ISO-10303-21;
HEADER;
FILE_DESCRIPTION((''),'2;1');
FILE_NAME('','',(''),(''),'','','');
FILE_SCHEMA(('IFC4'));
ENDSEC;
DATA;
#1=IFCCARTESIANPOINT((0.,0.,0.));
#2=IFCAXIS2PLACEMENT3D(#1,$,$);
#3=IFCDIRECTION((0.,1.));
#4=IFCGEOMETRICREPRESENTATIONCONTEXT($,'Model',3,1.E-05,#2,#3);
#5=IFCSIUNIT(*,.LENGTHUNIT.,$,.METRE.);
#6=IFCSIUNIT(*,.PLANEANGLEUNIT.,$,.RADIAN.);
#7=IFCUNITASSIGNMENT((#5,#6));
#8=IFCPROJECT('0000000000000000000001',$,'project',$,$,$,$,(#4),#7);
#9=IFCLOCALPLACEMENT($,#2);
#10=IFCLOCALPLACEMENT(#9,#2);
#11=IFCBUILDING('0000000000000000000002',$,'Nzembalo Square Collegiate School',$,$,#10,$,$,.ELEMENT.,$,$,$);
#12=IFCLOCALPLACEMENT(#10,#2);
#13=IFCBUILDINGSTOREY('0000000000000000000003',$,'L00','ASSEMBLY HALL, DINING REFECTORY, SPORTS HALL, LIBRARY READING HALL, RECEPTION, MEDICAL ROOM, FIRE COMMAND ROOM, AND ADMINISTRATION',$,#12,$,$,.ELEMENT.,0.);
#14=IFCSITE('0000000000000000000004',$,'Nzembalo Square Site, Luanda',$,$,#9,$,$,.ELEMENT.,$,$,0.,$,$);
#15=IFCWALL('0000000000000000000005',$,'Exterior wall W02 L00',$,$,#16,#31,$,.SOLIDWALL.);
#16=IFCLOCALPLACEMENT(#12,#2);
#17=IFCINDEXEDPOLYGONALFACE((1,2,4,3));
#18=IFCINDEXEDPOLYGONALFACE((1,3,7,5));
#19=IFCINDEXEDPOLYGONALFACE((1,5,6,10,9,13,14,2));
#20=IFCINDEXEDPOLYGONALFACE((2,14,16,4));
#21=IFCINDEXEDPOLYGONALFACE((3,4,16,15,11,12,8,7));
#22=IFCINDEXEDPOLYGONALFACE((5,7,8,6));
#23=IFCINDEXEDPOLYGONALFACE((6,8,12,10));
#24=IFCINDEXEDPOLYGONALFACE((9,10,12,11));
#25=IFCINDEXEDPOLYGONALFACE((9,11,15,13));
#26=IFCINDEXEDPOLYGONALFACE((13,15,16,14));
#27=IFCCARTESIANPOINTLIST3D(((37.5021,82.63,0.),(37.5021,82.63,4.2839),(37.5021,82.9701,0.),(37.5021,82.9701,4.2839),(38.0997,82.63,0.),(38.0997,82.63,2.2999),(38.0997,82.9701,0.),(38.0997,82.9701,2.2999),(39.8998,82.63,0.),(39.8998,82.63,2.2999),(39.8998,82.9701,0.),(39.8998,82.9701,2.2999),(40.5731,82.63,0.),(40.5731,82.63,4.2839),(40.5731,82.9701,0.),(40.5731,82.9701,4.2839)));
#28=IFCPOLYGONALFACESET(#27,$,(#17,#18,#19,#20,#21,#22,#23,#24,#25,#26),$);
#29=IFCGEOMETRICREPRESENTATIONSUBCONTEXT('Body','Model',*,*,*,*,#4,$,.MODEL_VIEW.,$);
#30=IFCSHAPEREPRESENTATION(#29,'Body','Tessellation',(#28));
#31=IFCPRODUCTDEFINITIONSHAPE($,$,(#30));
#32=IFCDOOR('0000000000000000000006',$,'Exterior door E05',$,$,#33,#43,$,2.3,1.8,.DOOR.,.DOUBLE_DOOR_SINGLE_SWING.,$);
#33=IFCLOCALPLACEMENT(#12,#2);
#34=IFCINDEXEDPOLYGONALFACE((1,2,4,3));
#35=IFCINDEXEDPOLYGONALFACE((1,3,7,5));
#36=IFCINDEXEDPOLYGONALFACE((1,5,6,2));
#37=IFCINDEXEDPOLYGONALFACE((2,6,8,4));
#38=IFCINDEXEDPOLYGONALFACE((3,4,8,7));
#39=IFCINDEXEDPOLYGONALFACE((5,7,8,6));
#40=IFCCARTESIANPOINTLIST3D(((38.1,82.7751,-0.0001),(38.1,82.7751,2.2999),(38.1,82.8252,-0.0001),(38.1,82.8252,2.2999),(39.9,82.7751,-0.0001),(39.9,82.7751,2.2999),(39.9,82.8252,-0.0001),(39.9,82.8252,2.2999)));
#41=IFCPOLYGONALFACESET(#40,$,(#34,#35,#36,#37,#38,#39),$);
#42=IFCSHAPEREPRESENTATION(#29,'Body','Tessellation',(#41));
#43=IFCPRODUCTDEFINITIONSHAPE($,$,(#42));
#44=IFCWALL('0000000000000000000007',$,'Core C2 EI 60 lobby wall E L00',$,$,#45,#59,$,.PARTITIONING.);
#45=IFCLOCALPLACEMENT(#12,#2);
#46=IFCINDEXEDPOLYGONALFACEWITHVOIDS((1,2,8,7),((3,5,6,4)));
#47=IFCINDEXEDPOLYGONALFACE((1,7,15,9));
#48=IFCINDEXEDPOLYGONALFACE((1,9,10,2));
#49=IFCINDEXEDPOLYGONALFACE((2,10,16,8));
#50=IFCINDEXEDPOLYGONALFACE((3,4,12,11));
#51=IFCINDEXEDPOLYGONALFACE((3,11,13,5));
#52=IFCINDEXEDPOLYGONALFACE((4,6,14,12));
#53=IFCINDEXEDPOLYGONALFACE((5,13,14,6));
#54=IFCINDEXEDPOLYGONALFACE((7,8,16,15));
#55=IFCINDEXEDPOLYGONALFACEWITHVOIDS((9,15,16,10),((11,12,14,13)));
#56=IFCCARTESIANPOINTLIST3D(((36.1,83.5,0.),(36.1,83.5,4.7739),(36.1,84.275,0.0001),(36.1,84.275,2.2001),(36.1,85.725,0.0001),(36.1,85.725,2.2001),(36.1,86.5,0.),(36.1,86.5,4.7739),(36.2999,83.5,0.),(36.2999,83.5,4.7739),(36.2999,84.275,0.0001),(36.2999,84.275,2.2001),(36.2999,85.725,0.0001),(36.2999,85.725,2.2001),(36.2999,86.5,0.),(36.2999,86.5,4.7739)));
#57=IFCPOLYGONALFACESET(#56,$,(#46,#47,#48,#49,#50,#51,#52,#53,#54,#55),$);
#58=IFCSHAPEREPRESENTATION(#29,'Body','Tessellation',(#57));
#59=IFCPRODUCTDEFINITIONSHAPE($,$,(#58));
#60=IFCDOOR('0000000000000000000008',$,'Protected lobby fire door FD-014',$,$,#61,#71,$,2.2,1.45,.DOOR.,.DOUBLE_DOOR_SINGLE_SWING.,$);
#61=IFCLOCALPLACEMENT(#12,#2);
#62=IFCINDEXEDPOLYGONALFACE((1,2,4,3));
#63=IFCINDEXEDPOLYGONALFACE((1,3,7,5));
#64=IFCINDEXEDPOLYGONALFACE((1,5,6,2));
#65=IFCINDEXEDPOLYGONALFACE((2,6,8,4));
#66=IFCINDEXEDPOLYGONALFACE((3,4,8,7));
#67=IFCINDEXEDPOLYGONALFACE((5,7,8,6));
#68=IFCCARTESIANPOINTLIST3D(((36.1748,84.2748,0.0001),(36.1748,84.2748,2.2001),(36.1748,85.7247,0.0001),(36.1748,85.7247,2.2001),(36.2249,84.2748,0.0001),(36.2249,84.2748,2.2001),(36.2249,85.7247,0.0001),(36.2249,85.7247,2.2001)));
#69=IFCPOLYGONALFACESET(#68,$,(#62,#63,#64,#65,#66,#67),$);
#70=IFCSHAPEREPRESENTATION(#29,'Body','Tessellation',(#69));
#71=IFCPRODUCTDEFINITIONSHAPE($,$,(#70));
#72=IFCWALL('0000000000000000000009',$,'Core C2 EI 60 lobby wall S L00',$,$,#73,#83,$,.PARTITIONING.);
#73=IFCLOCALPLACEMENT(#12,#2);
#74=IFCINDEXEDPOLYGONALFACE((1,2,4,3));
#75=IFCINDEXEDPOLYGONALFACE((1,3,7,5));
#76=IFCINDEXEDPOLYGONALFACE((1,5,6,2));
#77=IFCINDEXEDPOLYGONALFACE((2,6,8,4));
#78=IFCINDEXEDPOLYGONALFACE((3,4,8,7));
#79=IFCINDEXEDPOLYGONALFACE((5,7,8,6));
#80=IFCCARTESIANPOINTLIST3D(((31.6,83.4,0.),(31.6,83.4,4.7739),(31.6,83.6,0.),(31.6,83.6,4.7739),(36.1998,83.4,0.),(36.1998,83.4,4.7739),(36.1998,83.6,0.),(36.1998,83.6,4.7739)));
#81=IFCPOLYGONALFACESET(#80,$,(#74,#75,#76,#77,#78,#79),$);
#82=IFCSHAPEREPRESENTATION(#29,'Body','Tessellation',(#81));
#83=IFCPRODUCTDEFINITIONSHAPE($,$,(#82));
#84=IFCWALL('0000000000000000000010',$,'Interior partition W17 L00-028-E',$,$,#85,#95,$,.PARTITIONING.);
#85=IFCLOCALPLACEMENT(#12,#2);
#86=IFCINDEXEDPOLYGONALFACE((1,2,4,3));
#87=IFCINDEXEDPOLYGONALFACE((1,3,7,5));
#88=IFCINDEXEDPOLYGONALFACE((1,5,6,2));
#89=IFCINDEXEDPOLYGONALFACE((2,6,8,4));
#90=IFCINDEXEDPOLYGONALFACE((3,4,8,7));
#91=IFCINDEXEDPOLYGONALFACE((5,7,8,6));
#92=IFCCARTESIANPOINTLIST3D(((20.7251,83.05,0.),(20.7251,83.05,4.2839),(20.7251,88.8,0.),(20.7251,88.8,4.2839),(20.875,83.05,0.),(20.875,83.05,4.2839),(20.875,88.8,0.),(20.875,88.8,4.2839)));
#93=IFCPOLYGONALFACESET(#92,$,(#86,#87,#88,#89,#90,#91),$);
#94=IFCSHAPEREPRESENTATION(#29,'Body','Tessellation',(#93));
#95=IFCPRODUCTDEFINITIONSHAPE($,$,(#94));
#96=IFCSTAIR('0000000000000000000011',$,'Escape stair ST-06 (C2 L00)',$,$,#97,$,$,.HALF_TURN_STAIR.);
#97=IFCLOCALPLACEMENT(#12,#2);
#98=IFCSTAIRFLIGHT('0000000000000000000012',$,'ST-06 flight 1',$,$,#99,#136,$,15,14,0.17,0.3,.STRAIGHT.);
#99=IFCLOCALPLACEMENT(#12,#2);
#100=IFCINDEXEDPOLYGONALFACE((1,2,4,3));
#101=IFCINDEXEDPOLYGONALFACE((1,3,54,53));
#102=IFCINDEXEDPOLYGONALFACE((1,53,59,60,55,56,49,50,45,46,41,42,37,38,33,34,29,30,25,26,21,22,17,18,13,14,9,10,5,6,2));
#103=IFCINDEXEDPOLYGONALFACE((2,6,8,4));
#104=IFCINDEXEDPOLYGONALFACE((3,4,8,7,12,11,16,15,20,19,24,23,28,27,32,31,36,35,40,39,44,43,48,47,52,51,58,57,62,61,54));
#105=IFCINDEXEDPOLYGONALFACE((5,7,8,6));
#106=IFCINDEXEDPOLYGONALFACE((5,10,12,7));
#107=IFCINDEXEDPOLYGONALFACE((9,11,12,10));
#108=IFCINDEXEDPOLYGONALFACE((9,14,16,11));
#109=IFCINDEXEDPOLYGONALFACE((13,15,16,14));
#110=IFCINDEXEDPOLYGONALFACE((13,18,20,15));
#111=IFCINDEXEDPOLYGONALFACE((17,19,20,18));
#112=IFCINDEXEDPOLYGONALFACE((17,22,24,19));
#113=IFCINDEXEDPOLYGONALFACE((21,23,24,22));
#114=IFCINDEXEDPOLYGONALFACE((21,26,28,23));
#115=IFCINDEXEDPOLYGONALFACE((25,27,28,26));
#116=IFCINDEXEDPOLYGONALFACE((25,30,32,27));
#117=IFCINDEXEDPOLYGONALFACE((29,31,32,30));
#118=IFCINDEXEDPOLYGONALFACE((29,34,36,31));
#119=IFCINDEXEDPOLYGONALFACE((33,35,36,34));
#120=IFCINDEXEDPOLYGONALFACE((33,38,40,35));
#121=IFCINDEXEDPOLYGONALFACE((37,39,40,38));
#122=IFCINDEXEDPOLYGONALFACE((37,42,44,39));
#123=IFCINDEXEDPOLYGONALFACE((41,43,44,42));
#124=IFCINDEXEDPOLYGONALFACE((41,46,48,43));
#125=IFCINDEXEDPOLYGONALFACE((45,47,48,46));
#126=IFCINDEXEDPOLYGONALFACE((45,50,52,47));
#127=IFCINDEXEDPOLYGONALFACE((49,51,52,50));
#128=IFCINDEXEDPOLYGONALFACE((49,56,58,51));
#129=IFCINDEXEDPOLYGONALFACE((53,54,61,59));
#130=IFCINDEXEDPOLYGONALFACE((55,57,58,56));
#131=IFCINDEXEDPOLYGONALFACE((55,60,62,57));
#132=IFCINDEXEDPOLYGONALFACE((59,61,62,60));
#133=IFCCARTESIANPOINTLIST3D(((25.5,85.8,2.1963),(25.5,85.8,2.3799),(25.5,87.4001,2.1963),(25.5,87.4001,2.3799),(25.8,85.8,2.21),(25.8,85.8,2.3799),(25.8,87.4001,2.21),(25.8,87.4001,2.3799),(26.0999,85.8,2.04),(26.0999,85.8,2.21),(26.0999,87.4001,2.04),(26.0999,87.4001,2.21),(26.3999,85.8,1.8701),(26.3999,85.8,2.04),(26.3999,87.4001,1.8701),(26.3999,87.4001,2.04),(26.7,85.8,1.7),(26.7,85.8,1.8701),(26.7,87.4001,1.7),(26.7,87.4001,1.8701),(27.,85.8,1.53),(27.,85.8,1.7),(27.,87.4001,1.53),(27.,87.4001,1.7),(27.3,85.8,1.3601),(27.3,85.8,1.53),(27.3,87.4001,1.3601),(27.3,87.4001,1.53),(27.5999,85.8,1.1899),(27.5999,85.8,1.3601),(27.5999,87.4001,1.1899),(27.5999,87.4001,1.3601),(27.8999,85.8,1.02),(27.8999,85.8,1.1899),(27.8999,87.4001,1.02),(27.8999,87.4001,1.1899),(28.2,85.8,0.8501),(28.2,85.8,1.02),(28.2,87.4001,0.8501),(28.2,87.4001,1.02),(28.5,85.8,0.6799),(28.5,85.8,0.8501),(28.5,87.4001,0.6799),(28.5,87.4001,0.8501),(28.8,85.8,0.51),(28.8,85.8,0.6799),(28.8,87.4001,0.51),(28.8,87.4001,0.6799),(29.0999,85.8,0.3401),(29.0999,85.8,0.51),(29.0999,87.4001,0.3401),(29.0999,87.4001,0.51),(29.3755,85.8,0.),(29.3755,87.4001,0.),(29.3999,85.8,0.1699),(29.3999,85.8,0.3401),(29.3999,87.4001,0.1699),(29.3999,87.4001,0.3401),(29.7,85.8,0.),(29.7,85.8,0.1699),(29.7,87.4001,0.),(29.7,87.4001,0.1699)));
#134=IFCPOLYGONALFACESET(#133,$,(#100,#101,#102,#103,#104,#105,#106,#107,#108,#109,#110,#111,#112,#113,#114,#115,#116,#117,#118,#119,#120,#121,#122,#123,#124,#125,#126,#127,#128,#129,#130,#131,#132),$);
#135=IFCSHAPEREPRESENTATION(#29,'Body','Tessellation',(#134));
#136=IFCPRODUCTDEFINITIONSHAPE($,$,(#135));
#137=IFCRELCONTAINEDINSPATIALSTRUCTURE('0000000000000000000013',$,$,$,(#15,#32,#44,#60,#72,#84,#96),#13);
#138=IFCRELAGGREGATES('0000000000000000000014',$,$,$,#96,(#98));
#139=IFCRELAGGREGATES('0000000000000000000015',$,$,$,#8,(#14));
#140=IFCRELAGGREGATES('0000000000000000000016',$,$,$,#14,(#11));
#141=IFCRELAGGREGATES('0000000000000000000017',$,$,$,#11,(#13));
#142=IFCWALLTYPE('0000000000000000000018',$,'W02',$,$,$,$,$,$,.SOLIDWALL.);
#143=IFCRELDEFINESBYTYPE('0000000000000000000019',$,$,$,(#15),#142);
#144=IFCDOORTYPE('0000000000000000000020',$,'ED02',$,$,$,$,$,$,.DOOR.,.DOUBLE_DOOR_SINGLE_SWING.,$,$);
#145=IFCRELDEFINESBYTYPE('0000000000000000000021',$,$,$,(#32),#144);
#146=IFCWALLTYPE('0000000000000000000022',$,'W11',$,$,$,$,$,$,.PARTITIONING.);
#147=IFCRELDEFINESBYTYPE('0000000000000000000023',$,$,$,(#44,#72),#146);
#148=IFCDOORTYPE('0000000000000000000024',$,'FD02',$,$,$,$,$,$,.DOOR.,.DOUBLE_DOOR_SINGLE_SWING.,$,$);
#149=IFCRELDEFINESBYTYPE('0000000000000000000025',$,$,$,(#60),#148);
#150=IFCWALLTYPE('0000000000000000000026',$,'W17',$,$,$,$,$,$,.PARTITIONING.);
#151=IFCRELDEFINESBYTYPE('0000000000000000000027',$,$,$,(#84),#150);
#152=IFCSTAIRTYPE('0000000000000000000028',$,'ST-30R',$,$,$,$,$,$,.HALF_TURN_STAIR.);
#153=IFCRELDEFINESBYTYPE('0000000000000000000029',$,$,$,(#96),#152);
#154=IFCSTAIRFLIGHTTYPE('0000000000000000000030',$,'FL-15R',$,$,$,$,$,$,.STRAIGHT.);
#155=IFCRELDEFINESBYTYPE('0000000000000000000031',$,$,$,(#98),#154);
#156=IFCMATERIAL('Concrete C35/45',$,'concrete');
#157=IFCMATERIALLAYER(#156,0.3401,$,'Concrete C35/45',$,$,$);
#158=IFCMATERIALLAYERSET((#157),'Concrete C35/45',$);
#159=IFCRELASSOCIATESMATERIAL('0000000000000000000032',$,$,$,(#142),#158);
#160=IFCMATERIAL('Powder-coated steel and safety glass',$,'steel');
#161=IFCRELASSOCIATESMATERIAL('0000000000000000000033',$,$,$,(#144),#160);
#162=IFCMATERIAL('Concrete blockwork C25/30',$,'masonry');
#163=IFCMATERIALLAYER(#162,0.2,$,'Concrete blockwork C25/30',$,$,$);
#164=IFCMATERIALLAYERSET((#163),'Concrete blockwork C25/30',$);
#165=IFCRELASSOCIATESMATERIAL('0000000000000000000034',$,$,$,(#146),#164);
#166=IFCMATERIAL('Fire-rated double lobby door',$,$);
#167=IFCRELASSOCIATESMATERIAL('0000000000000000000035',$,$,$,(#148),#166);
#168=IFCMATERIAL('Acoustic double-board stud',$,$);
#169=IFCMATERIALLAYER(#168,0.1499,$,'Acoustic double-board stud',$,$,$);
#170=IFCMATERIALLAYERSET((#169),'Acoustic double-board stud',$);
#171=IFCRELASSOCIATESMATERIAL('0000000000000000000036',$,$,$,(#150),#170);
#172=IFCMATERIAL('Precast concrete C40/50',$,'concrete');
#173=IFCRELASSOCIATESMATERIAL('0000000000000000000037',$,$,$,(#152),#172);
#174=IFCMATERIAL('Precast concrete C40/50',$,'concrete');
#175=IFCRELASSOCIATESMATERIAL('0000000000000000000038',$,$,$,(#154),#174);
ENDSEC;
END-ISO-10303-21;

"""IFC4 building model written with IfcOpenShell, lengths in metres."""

from ifc_helpers import new_model, si_unit, direction, frame, frame_2d, origin, place, context, subcontext, project, spatial, polyline, rectangle, outline, extrude, material, layer, layer_set, type_object, element, fill, aggregate, save


model = new_model("IFC4")

# Units and contexts
model_context = context("Model", 3, precision=1e-05, world=origin(), true_north=direction((0.0, 1.0)))
body_context = subcontext(model_context, "Body", "Model", "MODEL_VIEW")
ifc_project = project(units=[si_unit("LENGTHUNIT", "METRE"), si_unit("PLANEANGLEUNIT", "RADIAN")], contexts=[model_context])

# Site, building, storey
site_placement = place(None, origin())
site = spatial("IfcSite", under=ifc_project, at=site_placement, Name="Nzembalo Square Site, Luanda", CompositionType="ELEMENT", RefElevation=0.0)
building_placement = place(site_placement, origin())
building = spatial("IfcBuilding", under=site, at=building_placement, Name="Nzembalo Square Collegiate School", CompositionType="ELEMENT")
storey_placement = place(building_placement, origin())
storey = spatial("IfcBuildingStorey", under=building, at=storey_placement, Name="L00", Description="ASSEMBLY HALL, DINING REFECTORY, SPORTS HALL, LIBRARY READING HALL, RECEPTION, MEDICAL ROOM, FIRE COMMAND ROOM, AND ADMINISTRATION", CompositionType="ELEMENT", Elevation=0.0)

# Walls, openings, doors
ifc_material_1 = material(Name="Concrete C35/45", Category="concrete")
ifc_layer_1 = layer(ifc_material_1, 0.3401, Name="Concrete C35/45")
ifc_layer_set_1 = layer_set([ifc_layer_1], Name="Concrete C35/45")
wall_type_1 = type_object("IfcWallType", Name="W02", PredefinedType="SOLIDWALL", material=ifc_layer_set_1)
wall_1_placement = place(storey_placement, frame((37.502, 82.8, 0.0), z_axis=(0.0, 0.0, 1.0), x_axis=(1.0, 0.0, 0.0)))
wall_1 = element("IfcWall", 1, at=wall_1_placement, inside=storey, type_object=wall_type_1, Name="Exterior wall W02 L00", PredefinedType="SOLIDWALL", context=body_context, shape_type="SweptSolid", body=[
    extrude(rectangle(XDim=3.071, YDim=0.3401, at=frame_2d((1.5356, 0.0))), origin(), (0.0, 0.0, 1.0), 4.2839),
])
opening_1_placement = place(wall_1_placement, frame((0.5979, 0.0, 0.0)))
opening_1 = element("IfcOpeningElement", 2, at=opening_1_placement, cuts=wall_1, PredefinedType="OPENING", context=body_context, shape_type="SweptSolid", body=[
    extrude(rectangle(XDim=1.8, YDim=2.3, at=frame_2d((0.8999, 1.1499))), frame((0.0, 0.1802, 0.0), z_axis=(0.0, -1.0, 0.0), x_axis=(1.0, 0.0, 0.0)), (0.0, 0.0, 1.0), 0.3601),
])
ifc_material_2 = material(Name="Powder-coated steel and safety glass", Category="steel")
door_type_1 = type_object("IfcDoorType", Name="ED02", OperationType="DOUBLE_DOOR_SINGLE_SWING", PredefinedType="DOOR", material=ifc_material_2)
door_1_placement = place(opening_1_placement, frame((1.8, 0.0, 0.0), z_axis=(0.0, 0.0, 1.0), x_axis=(-1.0, 0.0, 0.0)))
door_1 = element("IfcDoor", 3, at=door_1_placement, inside=storey, type_object=door_type_1, Name="Exterior door E05", OperationType="DOUBLE_DOOR_SINGLE_SWING", OverallHeight=2.3, OverallWidth=1.8, PredefinedType="DOOR", context=body_context, shape_type="SweptSolid", body=[
    extrude(rectangle(XDim=1.8, YDim=2.3, at=frame_2d((0.8999, 1.1499))), frame((0.0, 0.0249, 0.0), z_axis=(0.0, -1.0, 0.0), x_axis=(1.0, 0.0, 0.0)), (0.0, 0.0, 1.0), 0.05),
])
fill(opening_1, door_1)
ifc_material_3 = material(Name="Concrete blockwork C25/30", Category="masonry")
ifc_layer_2 = layer(ifc_material_3, 0.2, Name="Concrete blockwork C25/30")
ifc_layer_set_2 = layer_set([ifc_layer_2], Name="Concrete blockwork C25/30")
wall_type_2 = type_object("IfcWallType", Name="W11", PredefinedType="PARTITIONING", material=ifc_layer_set_2)
wall_2_placement = place(storey_placement, frame((36.2, 83.5, 0.0), z_axis=(0.0, 0.0, 1.0), x_axis=(0.0, 1.0, 0.0)))
wall_2 = element("IfcWall", 4, at=wall_2_placement, inside=storey, type_object=wall_type_2, Name="Core C2 EI 60 lobby wall E L00", PredefinedType="PARTITIONING", context=body_context, shape_type="SweptSolid", body=[
    extrude(rectangle(XDim=3.0, YDim=0.2, at=frame_2d((1.5, 0.0))), origin(), (0.0, 0.0, 1.0), 4.7739),
])
opening_2_placement = place(wall_2_placement, frame((0.7749, 0.0, 0.0)))
opening_2 = element("IfcOpeningElement", 5, at=opening_2_placement, cuts=wall_2, PredefinedType="OPENING", context=body_context, shape_type="SweptSolid", body=[
    extrude(rectangle(XDim=1.45, YDim=2.2, at=frame_2d((0.7251, 1.1001))), frame((0.0, 0.1099, 0.0), z_axis=(0.0, -1.0, 0.0), x_axis=(1.0, 0.0, 0.0)), (0.0, 0.0, 1.0), 0.22),
])
ifc_material_4 = material(Name="Fire-rated double lobby door")
door_type_2 = type_object("IfcDoorType", Name="FD02", OperationType="DOUBLE_DOOR_SINGLE_SWING", PredefinedType="DOOR", material=ifc_material_4)
door_2_placement = place(opening_2_placement, frame((1.45, 0.0, 0.0), z_axis=(0.0, 0.0, 1.0), x_axis=(-1.0, 0.0, 0.0)))
door_2 = element("IfcDoor", 6, at=door_2_placement, inside=storey, type_object=door_type_2, Name="Protected lobby fire door FD-014", OperationType="DOUBLE_DOOR_SINGLE_SWING", OverallHeight=2.2, OverallWidth=1.45, PredefinedType="DOOR", context=body_context, shape_type="SweptSolid", body=[
    extrude(rectangle(XDim=1.45, YDim=2.2, at=frame_2d((0.7251, 1.1001))), frame((0.0, 0.0249, 0.0), z_axis=(0.0, -1.0, 0.0), x_axis=(1.0, 0.0, 0.0)), (0.0, 0.0, 1.0), 0.05),
])
fill(opening_2, door_2)

# Walls
wall_3_placement = place(storey_placement, frame((31.6001, 83.5, 0.0), z_axis=(0.0, 0.0, 1.0), x_axis=(1.0, 0.0, 0.0)))
element("IfcWall", 7, at=wall_3_placement, inside=storey, type_object=wall_type_2, Name="Core C2 EI 60 lobby wall S L00", PredefinedType="PARTITIONING", context=body_context, shape_type="SweptSolid", body=[
    extrude(rectangle(XDim=4.5999, YDim=0.2, at=frame_2d((2.2998, 0.0))), origin(), (0.0, 0.0, 1.0), 4.7739),
])
ifc_material_5 = material(Name="Acoustic double-board stud")
ifc_layer_3 = layer(ifc_material_5, 0.1499, Name="Acoustic double-board stud")
ifc_layer_set_3 = layer_set([ifc_layer_3], Name="Acoustic double-board stud")
wall_type_3 = type_object("IfcWallType", Name="W17", PredefinedType="PARTITIONING", material=ifc_layer_set_3)
wall_4_placement = place(storey_placement, frame((20.8, 83.05, 0.0), z_axis=(0.0, 0.0, 1.0), x_axis=(0.0, 1.0, 0.0)))
element("IfcWall", 8, at=wall_4_placement, inside=storey, type_object=wall_type_3, Name="Interior partition W17 L00-028-E", PredefinedType="PARTITIONING", context=body_context, shape_type="SweptSolid", body=[
    extrude(rectangle(XDim=5.75, YDim=0.1499, at=frame_2d((2.875, 0.0))), origin(), (0.0, 0.0, 1.0), 4.2839),
])

# Stair, stair flight
ifc_material_6 = material(Name="Precast concrete C40/50", Category="concrete")
stair_type = type_object("IfcStairType", Name="ST-30R", PredefinedType="HALF_TURN_STAIR", material=ifc_material_6)
stair_placement = place(storey_placement, origin())
stair = element("IfcStair", 9, at=stair_placement, inside=storey, type_object=stair_type, Name="Escape stair ST-06 (C2 L00)", PredefinedType="HALF_TURN_STAIR")
ifc_material_7 = material(Name="Precast concrete C40/50", Category="concrete")
stair_flight_type = type_object("IfcStairFlightType", Name="FL-15R", PredefinedType="STRAIGHT", material=ifc_material_7)
stair_flight_1_placement = place(storey_placement, frame((29.7, 86.6001, 0.0), z_axis=(0.0, 0.0, 1.0), x_axis=(-1.0, 0.0, 0.0)))
stair_flight_1 = element("IfcStairFlight", 10, at=stair_flight_1_placement, type_object=stair_flight_type, Name="ST-06 flight 1", NumberOfRisers=15, NumberOfTreads=14, PredefinedType="STRAIGHT", RiserHeight=0.17, TreadLength=0.3, context=body_context, shape_type="SweptSolid", body=[
    extrude(outline(polyline([(0.0, 0.0), (0.0, 0.1699), (0.3, 0.1699), (0.3, 0.3401), (0.6001, 0.3401), (0.6001, 0.51), (0.8999, 0.51), (0.8999, 0.6799), (1.2, 0.6799), (1.2, 0.8501), (1.5, 0.8501), (1.5, 1.02), (1.8, 1.02), (1.8, 1.1899), (2.1001, 1.1899), (2.1001, 1.3601), (2.3999, 1.3601), (2.3999, 1.53), (2.7, 1.53), (2.7, 1.7), (3.0, 1.7), (3.0, 1.8701), (3.3, 1.8701), (3.3, 2.04), (3.6001, 2.04), (3.6001, 2.21), (3.8999, 2.21), (3.8999, 2.3799), (4.2, 2.3799), (4.2, 2.55), (4.2, 2.1963), (0.3245, 0.0), (0.0, 0.0)])), frame((0.0, 0.8, 0.0), z_axis=(0.0, -1.0, 0.0), x_axis=(1.0, 0.0, 0.0)), (0.0, 0.0, 1.0), 1.6001),
])
aggregate(stair, [stair_flight_1])

save(model, "model.ifc")
